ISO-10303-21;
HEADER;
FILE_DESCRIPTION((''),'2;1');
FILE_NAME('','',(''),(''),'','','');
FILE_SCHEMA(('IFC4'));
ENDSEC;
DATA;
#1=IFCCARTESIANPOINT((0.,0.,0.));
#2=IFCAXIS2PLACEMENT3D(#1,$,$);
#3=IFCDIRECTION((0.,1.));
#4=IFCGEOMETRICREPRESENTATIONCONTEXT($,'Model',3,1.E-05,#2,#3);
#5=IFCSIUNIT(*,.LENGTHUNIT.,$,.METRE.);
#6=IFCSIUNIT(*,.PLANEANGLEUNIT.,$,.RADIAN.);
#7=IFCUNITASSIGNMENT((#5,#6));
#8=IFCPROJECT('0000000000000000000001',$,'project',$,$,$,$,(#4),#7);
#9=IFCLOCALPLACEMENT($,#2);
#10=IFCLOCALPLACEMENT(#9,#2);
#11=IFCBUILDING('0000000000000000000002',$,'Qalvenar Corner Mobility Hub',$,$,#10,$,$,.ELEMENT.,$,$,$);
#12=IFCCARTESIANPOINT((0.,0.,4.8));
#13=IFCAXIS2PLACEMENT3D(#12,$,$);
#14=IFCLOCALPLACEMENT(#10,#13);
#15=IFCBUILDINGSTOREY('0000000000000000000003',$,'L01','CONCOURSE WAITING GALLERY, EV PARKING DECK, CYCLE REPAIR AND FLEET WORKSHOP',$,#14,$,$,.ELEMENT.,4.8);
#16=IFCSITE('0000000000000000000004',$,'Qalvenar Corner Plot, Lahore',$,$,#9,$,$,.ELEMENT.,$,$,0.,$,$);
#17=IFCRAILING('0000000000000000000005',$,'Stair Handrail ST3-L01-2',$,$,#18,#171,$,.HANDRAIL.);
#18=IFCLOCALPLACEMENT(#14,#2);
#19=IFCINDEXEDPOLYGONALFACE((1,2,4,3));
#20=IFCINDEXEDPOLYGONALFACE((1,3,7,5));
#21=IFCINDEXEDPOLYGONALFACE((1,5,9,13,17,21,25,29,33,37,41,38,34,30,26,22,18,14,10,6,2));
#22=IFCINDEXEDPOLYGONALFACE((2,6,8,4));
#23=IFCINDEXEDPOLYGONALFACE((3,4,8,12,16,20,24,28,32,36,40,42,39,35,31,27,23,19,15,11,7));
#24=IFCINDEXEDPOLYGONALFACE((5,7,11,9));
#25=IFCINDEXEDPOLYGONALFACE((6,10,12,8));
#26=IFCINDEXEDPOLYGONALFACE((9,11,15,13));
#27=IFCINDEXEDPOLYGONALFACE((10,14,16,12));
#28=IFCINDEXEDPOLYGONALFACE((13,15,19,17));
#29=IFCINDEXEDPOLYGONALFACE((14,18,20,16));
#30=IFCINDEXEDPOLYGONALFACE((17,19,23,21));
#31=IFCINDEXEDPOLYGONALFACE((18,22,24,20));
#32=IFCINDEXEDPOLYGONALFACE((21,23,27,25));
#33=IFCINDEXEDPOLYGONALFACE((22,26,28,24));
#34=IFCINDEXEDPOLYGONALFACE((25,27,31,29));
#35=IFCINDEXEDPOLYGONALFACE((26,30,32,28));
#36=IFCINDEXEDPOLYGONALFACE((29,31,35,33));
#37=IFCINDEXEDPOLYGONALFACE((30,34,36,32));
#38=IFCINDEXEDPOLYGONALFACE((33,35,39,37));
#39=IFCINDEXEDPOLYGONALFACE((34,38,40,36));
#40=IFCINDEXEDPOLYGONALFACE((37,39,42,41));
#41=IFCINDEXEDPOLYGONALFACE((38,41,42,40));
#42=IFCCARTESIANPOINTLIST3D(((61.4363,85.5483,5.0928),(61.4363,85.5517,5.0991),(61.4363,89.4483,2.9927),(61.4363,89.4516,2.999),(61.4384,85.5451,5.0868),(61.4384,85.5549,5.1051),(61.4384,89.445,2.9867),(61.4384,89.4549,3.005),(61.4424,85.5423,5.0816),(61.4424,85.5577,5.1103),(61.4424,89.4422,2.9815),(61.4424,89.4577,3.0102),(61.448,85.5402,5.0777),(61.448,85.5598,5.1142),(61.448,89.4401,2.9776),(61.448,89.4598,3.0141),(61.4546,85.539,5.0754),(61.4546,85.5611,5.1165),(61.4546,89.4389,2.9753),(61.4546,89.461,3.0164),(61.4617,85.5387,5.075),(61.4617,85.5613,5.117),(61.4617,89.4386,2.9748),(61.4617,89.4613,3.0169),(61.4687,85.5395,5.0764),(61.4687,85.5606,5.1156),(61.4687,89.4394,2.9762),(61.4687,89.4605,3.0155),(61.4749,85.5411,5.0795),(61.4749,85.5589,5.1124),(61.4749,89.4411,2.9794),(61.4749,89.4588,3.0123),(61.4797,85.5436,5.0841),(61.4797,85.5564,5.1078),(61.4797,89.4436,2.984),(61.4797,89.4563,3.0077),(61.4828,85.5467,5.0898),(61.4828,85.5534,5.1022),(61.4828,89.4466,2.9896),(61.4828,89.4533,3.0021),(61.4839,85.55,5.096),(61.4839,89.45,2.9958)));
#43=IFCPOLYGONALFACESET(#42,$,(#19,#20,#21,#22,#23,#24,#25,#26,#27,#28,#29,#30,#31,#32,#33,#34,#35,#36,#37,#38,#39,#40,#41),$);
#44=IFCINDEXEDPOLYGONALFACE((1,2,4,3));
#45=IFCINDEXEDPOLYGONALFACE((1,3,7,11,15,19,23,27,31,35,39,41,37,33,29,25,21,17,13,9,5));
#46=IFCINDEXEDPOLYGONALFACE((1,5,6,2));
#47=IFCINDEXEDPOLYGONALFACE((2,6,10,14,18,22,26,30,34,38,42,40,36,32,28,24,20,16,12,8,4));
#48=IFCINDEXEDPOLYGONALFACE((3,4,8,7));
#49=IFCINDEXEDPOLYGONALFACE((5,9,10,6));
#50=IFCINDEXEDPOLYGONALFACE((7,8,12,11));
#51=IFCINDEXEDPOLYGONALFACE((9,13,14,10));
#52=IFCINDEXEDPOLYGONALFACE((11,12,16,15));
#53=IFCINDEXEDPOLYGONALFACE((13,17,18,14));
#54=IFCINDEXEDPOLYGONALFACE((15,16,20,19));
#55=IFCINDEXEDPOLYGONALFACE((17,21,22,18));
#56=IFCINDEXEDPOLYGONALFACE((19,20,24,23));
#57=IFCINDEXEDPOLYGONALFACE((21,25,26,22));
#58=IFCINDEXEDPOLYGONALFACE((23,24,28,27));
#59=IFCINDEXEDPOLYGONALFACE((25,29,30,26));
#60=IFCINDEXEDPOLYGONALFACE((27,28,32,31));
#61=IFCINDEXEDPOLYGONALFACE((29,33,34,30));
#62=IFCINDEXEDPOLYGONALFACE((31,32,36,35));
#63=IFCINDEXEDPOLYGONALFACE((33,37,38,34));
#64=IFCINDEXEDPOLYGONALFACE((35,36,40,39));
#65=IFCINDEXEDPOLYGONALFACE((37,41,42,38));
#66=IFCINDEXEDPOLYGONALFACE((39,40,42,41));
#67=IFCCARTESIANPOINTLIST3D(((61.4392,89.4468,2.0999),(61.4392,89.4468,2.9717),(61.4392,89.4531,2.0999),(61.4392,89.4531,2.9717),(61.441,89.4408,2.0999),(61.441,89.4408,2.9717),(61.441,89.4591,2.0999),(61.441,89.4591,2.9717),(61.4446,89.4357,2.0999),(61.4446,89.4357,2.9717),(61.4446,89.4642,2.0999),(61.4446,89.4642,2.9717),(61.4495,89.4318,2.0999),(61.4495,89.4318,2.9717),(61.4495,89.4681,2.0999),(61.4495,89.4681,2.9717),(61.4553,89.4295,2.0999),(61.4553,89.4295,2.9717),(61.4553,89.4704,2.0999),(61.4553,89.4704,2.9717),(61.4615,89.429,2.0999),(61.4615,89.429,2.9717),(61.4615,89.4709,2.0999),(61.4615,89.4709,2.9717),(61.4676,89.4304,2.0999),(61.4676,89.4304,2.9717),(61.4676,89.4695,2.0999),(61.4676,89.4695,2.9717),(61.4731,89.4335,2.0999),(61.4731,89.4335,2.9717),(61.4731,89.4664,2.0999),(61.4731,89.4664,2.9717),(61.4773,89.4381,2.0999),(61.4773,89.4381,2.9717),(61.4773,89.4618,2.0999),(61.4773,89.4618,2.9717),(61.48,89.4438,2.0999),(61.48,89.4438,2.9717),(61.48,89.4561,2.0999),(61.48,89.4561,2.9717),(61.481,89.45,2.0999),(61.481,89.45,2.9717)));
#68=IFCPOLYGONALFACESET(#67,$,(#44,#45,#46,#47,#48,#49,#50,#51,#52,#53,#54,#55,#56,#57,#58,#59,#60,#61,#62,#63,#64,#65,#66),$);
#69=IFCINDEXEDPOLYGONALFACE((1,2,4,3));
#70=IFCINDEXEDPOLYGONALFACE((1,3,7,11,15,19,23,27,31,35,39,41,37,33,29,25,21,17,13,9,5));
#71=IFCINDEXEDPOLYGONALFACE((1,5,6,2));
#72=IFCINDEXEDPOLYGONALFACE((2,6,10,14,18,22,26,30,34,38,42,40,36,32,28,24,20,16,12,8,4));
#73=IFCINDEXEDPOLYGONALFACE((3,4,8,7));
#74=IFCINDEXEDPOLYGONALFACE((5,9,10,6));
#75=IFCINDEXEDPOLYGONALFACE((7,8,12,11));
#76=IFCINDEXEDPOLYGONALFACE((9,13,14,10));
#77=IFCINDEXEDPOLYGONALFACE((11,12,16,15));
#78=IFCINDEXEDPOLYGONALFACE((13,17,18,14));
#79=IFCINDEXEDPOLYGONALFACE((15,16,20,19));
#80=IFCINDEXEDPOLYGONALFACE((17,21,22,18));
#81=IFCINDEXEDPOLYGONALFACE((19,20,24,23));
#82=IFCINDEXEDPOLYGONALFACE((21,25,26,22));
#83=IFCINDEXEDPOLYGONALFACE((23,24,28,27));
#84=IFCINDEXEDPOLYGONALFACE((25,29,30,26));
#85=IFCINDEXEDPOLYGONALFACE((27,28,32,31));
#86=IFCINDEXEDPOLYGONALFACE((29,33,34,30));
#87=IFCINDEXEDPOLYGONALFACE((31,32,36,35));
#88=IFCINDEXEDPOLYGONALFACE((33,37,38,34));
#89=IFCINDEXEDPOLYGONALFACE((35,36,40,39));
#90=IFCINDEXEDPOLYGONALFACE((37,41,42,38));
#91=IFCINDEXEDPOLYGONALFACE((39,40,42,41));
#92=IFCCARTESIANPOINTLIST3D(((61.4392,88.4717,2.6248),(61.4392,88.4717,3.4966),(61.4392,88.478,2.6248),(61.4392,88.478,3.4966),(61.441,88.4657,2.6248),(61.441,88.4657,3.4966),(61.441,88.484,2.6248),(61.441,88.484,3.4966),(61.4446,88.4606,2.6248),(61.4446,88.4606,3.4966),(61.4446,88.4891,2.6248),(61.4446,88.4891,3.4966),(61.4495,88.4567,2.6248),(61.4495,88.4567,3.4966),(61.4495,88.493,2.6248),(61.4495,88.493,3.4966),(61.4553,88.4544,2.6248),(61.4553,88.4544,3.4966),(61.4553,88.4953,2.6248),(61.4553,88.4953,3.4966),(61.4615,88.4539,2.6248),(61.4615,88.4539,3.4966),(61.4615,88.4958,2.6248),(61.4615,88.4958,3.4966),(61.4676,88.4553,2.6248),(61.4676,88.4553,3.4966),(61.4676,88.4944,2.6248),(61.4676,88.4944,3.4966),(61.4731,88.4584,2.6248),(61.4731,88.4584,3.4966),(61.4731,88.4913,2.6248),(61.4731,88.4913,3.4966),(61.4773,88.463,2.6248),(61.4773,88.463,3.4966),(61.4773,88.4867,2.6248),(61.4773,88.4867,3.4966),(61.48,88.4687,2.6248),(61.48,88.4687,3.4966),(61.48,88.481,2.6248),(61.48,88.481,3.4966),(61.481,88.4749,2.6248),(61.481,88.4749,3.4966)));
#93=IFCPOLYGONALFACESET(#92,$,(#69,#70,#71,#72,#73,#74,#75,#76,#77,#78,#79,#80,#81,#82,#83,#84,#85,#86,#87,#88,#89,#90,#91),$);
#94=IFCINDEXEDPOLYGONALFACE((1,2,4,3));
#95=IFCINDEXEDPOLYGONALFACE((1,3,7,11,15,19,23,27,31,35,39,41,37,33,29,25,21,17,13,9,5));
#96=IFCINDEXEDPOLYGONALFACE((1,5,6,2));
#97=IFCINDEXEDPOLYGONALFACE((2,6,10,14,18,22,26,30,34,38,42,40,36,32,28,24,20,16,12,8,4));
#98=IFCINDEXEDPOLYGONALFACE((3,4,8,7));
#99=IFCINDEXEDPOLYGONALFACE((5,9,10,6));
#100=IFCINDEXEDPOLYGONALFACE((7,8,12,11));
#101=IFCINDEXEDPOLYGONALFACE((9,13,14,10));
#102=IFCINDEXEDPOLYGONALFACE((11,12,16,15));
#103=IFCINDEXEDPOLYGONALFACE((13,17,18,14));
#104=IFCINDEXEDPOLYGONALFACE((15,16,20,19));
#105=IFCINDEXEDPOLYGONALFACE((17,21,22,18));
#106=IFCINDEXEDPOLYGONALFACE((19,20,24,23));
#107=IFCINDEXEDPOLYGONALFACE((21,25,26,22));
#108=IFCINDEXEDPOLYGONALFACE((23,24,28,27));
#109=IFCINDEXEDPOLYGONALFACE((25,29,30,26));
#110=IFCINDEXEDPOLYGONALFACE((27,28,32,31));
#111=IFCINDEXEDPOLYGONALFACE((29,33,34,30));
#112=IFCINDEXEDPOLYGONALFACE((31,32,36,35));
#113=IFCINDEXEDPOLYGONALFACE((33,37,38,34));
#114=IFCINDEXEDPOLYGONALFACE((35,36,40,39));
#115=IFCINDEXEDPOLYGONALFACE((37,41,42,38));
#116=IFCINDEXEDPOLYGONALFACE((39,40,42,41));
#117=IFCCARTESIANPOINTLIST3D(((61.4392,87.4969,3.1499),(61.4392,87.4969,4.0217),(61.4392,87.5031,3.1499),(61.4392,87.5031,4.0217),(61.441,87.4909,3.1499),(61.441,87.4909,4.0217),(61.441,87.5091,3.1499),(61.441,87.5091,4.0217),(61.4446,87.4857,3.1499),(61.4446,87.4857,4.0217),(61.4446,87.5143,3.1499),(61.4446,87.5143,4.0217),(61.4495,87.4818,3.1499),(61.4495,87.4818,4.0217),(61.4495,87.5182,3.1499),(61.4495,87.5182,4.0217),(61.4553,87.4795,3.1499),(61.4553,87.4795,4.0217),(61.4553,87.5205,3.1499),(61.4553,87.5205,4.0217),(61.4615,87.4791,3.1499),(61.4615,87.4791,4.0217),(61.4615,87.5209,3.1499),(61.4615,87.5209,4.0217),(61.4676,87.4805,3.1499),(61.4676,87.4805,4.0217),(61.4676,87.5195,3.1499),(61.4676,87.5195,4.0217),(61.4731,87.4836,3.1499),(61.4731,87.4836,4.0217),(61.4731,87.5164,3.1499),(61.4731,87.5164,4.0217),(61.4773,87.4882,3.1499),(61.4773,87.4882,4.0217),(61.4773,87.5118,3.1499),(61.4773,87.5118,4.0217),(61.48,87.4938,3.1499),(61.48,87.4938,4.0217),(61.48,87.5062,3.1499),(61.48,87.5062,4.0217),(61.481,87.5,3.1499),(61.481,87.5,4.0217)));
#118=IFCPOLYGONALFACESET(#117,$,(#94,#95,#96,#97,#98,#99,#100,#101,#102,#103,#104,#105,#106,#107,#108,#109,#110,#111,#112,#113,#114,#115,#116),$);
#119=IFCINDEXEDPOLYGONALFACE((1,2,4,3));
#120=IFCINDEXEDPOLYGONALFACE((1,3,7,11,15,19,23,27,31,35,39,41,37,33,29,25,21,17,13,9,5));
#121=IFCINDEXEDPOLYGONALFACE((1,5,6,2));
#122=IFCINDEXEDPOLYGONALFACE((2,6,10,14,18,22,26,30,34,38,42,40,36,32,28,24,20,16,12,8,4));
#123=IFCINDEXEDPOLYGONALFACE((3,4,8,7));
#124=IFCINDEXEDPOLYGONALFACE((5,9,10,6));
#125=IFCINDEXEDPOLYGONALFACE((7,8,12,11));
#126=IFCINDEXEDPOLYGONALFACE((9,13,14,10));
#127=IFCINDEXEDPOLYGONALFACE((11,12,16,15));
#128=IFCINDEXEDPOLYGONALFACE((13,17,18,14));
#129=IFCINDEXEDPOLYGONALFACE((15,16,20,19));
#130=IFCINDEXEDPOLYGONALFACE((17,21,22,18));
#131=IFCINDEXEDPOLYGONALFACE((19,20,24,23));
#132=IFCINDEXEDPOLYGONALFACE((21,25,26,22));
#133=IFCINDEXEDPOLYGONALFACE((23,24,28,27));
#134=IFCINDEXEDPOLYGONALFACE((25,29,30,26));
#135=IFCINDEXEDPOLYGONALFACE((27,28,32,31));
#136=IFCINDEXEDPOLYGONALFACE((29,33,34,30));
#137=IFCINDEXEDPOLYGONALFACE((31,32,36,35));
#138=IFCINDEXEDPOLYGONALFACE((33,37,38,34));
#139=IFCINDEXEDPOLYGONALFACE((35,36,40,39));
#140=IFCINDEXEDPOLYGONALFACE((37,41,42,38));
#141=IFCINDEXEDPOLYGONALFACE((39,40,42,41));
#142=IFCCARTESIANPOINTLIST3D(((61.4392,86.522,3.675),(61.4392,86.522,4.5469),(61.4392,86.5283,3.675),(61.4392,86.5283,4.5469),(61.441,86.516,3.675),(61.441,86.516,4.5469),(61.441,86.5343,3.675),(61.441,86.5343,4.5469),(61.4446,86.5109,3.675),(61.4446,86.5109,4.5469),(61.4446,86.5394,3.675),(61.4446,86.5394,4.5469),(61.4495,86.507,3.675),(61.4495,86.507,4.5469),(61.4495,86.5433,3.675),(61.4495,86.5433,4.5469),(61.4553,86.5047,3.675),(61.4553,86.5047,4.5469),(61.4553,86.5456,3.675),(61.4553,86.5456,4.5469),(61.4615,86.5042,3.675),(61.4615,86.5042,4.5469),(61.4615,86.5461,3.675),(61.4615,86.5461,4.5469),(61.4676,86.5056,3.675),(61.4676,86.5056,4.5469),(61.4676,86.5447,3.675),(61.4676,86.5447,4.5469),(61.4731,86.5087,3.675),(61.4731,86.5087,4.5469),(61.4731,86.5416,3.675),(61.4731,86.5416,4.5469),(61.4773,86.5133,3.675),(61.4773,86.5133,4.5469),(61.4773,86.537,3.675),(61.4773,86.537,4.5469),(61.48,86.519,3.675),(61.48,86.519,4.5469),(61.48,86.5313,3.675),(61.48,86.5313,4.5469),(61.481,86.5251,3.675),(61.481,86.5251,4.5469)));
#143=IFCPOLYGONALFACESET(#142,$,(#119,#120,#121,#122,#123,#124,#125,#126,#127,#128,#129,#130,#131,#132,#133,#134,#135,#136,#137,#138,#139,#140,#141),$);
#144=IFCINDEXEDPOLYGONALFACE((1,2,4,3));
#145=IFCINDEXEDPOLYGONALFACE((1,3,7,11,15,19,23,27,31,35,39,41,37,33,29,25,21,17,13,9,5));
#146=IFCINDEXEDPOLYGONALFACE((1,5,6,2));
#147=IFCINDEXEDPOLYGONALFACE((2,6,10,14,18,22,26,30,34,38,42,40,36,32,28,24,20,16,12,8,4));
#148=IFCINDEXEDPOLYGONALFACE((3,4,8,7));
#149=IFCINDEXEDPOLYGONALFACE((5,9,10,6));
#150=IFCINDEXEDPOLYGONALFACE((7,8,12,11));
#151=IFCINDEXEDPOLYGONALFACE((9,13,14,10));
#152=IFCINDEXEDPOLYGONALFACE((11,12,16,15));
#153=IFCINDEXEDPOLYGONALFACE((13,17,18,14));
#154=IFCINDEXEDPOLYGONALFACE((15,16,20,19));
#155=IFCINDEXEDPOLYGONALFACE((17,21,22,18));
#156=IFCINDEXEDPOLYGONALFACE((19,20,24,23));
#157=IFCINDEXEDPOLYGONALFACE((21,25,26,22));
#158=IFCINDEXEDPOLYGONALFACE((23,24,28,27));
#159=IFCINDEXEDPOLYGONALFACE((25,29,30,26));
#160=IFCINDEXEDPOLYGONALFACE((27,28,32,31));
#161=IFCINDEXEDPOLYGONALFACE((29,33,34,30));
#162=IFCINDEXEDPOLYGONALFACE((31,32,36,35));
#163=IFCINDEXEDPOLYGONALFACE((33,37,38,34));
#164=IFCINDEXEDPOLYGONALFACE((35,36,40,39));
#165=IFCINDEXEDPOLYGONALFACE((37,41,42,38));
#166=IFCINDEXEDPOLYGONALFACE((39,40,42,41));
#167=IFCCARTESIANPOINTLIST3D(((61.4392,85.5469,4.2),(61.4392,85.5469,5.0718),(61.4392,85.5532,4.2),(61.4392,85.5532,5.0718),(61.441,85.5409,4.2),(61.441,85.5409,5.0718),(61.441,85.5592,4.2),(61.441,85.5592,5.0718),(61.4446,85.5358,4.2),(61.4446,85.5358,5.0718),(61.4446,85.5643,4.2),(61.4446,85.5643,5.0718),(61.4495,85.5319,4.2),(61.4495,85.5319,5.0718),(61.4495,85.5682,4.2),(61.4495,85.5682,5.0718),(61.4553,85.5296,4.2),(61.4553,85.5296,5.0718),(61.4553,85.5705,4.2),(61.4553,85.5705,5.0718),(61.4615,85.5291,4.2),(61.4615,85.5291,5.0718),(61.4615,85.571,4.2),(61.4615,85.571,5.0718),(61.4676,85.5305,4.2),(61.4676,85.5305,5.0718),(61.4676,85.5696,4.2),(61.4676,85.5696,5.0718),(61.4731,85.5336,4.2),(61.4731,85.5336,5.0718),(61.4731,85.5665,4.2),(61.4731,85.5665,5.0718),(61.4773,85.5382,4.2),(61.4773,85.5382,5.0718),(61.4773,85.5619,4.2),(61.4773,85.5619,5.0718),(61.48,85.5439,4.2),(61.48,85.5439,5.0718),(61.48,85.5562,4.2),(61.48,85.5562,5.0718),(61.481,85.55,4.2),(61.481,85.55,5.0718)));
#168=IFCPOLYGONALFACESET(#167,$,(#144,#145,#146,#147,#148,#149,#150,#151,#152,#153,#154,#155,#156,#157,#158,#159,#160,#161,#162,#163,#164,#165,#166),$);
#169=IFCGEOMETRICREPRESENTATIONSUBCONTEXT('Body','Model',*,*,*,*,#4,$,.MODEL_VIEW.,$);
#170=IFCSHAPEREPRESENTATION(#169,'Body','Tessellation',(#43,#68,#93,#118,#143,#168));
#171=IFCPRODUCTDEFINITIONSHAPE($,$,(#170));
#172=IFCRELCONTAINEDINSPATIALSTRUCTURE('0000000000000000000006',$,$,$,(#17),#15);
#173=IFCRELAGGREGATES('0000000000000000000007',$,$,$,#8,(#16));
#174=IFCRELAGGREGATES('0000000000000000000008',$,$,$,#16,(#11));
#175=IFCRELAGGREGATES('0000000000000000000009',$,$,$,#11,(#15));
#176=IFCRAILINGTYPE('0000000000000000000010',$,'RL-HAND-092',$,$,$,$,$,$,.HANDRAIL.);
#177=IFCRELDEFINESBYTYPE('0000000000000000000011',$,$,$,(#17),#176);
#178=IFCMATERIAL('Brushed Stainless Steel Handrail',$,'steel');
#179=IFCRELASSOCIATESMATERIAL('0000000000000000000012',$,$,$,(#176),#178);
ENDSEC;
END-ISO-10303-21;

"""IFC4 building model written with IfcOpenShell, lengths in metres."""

from ifc_helpers import new_model, si_unit, direction, frame, origin, origin_2d, place, context, subcontext, project, spatial, circle, extrude, material, type_object, element, save


model = new_model("IFC4")

# Units and contexts
model_context = context("Model", 3, precision=1e-05, world=origin(), true_north=direction((0.0, 1.0)))
body_context = subcontext(model_context, "Body", "Model", "MODEL_VIEW")
ifc_project = project(units=[si_unit("LENGTHUNIT", "METRE"), si_unit("PLANEANGLEUNIT", "RADIAN")], contexts=[model_context])

# Site, building, storey
site_placement = place(None, origin())
site = spatial("IfcSite", under=ifc_project, at=site_placement, Name="Qalvenar Corner Plot, Lahore", CompositionType="ELEMENT", RefElevation=0.0)
building_placement = place(site_placement, origin())
building = spatial("IfcBuilding", under=site, at=building_placement, Name="Qalvenar Corner Mobility Hub", CompositionType="ELEMENT")
storey_placement = place(building_placement, frame((0.0, 0.0, 4.8)))
storey = spatial("IfcBuildingStorey", under=building, at=storey_placement, Name="L01", Description="CONCOURSE WAITING GALLERY, EV PARKING DECK, CYCLE REPAIR AND FLEET WORKSHOP", CompositionType="ELEMENT", Elevation=4.8)

# Railing
ifc_material_1 = material(Name="Brushed Stainless Steel Handrail", Category="steel")
railing_type_1 = type_object("IfcRailingType", Name="RL-HAND-092", PredefinedType="HANDRAIL", material=ifc_material_1)
railing_1_placement = place(storey_placement, frame((61.46, 89.45, 2.0999)))
element("IfcRailing", 1, at=railing_1_placement, inside=storey, type_object=railing_type_1, Name="Stair Handrail ST3-L01-2", PredefinedType="HANDRAIL", context=body_context, shape_type="SweptSolid", body=[
    extrude(circle(Radius=0.0239, at=origin_2d()), frame((0.0, 0.0, 0.896), z_axis=(0.0, -0.880457, 0.474126), x_axis=(1.0, 0.0, 0.0)), (0.0, 0.0, 1.0), 4.4294),
    extrude(circle(Radius=0.021, at=origin_2d()), origin(), (0.0, 0.0, 1.0), 0.8718),
    extrude(circle(Radius=0.021, at=origin_2d()), frame((0.0, -0.9751, 0.5249)), (0.0, 0.0, 1.0), 0.8718),
    extrude(circle(Radius=0.021, at=origin_2d()), frame((0.0, -1.95, 1.05)), (0.0, 0.0, 1.0), 0.8718),
    extrude(circle(Radius=0.021, at=origin_2d()), frame((0.0, -2.9248, 1.5752)), (0.0, 0.0, 1.0), 0.8718),
    extrude(circle(Radius=0.021, at=origin_2d()), frame((0.0, -3.8999, 2.1001)), (0.0, 0.0, 1.0), 0.8718),
])

save(model, "model.ifc")
